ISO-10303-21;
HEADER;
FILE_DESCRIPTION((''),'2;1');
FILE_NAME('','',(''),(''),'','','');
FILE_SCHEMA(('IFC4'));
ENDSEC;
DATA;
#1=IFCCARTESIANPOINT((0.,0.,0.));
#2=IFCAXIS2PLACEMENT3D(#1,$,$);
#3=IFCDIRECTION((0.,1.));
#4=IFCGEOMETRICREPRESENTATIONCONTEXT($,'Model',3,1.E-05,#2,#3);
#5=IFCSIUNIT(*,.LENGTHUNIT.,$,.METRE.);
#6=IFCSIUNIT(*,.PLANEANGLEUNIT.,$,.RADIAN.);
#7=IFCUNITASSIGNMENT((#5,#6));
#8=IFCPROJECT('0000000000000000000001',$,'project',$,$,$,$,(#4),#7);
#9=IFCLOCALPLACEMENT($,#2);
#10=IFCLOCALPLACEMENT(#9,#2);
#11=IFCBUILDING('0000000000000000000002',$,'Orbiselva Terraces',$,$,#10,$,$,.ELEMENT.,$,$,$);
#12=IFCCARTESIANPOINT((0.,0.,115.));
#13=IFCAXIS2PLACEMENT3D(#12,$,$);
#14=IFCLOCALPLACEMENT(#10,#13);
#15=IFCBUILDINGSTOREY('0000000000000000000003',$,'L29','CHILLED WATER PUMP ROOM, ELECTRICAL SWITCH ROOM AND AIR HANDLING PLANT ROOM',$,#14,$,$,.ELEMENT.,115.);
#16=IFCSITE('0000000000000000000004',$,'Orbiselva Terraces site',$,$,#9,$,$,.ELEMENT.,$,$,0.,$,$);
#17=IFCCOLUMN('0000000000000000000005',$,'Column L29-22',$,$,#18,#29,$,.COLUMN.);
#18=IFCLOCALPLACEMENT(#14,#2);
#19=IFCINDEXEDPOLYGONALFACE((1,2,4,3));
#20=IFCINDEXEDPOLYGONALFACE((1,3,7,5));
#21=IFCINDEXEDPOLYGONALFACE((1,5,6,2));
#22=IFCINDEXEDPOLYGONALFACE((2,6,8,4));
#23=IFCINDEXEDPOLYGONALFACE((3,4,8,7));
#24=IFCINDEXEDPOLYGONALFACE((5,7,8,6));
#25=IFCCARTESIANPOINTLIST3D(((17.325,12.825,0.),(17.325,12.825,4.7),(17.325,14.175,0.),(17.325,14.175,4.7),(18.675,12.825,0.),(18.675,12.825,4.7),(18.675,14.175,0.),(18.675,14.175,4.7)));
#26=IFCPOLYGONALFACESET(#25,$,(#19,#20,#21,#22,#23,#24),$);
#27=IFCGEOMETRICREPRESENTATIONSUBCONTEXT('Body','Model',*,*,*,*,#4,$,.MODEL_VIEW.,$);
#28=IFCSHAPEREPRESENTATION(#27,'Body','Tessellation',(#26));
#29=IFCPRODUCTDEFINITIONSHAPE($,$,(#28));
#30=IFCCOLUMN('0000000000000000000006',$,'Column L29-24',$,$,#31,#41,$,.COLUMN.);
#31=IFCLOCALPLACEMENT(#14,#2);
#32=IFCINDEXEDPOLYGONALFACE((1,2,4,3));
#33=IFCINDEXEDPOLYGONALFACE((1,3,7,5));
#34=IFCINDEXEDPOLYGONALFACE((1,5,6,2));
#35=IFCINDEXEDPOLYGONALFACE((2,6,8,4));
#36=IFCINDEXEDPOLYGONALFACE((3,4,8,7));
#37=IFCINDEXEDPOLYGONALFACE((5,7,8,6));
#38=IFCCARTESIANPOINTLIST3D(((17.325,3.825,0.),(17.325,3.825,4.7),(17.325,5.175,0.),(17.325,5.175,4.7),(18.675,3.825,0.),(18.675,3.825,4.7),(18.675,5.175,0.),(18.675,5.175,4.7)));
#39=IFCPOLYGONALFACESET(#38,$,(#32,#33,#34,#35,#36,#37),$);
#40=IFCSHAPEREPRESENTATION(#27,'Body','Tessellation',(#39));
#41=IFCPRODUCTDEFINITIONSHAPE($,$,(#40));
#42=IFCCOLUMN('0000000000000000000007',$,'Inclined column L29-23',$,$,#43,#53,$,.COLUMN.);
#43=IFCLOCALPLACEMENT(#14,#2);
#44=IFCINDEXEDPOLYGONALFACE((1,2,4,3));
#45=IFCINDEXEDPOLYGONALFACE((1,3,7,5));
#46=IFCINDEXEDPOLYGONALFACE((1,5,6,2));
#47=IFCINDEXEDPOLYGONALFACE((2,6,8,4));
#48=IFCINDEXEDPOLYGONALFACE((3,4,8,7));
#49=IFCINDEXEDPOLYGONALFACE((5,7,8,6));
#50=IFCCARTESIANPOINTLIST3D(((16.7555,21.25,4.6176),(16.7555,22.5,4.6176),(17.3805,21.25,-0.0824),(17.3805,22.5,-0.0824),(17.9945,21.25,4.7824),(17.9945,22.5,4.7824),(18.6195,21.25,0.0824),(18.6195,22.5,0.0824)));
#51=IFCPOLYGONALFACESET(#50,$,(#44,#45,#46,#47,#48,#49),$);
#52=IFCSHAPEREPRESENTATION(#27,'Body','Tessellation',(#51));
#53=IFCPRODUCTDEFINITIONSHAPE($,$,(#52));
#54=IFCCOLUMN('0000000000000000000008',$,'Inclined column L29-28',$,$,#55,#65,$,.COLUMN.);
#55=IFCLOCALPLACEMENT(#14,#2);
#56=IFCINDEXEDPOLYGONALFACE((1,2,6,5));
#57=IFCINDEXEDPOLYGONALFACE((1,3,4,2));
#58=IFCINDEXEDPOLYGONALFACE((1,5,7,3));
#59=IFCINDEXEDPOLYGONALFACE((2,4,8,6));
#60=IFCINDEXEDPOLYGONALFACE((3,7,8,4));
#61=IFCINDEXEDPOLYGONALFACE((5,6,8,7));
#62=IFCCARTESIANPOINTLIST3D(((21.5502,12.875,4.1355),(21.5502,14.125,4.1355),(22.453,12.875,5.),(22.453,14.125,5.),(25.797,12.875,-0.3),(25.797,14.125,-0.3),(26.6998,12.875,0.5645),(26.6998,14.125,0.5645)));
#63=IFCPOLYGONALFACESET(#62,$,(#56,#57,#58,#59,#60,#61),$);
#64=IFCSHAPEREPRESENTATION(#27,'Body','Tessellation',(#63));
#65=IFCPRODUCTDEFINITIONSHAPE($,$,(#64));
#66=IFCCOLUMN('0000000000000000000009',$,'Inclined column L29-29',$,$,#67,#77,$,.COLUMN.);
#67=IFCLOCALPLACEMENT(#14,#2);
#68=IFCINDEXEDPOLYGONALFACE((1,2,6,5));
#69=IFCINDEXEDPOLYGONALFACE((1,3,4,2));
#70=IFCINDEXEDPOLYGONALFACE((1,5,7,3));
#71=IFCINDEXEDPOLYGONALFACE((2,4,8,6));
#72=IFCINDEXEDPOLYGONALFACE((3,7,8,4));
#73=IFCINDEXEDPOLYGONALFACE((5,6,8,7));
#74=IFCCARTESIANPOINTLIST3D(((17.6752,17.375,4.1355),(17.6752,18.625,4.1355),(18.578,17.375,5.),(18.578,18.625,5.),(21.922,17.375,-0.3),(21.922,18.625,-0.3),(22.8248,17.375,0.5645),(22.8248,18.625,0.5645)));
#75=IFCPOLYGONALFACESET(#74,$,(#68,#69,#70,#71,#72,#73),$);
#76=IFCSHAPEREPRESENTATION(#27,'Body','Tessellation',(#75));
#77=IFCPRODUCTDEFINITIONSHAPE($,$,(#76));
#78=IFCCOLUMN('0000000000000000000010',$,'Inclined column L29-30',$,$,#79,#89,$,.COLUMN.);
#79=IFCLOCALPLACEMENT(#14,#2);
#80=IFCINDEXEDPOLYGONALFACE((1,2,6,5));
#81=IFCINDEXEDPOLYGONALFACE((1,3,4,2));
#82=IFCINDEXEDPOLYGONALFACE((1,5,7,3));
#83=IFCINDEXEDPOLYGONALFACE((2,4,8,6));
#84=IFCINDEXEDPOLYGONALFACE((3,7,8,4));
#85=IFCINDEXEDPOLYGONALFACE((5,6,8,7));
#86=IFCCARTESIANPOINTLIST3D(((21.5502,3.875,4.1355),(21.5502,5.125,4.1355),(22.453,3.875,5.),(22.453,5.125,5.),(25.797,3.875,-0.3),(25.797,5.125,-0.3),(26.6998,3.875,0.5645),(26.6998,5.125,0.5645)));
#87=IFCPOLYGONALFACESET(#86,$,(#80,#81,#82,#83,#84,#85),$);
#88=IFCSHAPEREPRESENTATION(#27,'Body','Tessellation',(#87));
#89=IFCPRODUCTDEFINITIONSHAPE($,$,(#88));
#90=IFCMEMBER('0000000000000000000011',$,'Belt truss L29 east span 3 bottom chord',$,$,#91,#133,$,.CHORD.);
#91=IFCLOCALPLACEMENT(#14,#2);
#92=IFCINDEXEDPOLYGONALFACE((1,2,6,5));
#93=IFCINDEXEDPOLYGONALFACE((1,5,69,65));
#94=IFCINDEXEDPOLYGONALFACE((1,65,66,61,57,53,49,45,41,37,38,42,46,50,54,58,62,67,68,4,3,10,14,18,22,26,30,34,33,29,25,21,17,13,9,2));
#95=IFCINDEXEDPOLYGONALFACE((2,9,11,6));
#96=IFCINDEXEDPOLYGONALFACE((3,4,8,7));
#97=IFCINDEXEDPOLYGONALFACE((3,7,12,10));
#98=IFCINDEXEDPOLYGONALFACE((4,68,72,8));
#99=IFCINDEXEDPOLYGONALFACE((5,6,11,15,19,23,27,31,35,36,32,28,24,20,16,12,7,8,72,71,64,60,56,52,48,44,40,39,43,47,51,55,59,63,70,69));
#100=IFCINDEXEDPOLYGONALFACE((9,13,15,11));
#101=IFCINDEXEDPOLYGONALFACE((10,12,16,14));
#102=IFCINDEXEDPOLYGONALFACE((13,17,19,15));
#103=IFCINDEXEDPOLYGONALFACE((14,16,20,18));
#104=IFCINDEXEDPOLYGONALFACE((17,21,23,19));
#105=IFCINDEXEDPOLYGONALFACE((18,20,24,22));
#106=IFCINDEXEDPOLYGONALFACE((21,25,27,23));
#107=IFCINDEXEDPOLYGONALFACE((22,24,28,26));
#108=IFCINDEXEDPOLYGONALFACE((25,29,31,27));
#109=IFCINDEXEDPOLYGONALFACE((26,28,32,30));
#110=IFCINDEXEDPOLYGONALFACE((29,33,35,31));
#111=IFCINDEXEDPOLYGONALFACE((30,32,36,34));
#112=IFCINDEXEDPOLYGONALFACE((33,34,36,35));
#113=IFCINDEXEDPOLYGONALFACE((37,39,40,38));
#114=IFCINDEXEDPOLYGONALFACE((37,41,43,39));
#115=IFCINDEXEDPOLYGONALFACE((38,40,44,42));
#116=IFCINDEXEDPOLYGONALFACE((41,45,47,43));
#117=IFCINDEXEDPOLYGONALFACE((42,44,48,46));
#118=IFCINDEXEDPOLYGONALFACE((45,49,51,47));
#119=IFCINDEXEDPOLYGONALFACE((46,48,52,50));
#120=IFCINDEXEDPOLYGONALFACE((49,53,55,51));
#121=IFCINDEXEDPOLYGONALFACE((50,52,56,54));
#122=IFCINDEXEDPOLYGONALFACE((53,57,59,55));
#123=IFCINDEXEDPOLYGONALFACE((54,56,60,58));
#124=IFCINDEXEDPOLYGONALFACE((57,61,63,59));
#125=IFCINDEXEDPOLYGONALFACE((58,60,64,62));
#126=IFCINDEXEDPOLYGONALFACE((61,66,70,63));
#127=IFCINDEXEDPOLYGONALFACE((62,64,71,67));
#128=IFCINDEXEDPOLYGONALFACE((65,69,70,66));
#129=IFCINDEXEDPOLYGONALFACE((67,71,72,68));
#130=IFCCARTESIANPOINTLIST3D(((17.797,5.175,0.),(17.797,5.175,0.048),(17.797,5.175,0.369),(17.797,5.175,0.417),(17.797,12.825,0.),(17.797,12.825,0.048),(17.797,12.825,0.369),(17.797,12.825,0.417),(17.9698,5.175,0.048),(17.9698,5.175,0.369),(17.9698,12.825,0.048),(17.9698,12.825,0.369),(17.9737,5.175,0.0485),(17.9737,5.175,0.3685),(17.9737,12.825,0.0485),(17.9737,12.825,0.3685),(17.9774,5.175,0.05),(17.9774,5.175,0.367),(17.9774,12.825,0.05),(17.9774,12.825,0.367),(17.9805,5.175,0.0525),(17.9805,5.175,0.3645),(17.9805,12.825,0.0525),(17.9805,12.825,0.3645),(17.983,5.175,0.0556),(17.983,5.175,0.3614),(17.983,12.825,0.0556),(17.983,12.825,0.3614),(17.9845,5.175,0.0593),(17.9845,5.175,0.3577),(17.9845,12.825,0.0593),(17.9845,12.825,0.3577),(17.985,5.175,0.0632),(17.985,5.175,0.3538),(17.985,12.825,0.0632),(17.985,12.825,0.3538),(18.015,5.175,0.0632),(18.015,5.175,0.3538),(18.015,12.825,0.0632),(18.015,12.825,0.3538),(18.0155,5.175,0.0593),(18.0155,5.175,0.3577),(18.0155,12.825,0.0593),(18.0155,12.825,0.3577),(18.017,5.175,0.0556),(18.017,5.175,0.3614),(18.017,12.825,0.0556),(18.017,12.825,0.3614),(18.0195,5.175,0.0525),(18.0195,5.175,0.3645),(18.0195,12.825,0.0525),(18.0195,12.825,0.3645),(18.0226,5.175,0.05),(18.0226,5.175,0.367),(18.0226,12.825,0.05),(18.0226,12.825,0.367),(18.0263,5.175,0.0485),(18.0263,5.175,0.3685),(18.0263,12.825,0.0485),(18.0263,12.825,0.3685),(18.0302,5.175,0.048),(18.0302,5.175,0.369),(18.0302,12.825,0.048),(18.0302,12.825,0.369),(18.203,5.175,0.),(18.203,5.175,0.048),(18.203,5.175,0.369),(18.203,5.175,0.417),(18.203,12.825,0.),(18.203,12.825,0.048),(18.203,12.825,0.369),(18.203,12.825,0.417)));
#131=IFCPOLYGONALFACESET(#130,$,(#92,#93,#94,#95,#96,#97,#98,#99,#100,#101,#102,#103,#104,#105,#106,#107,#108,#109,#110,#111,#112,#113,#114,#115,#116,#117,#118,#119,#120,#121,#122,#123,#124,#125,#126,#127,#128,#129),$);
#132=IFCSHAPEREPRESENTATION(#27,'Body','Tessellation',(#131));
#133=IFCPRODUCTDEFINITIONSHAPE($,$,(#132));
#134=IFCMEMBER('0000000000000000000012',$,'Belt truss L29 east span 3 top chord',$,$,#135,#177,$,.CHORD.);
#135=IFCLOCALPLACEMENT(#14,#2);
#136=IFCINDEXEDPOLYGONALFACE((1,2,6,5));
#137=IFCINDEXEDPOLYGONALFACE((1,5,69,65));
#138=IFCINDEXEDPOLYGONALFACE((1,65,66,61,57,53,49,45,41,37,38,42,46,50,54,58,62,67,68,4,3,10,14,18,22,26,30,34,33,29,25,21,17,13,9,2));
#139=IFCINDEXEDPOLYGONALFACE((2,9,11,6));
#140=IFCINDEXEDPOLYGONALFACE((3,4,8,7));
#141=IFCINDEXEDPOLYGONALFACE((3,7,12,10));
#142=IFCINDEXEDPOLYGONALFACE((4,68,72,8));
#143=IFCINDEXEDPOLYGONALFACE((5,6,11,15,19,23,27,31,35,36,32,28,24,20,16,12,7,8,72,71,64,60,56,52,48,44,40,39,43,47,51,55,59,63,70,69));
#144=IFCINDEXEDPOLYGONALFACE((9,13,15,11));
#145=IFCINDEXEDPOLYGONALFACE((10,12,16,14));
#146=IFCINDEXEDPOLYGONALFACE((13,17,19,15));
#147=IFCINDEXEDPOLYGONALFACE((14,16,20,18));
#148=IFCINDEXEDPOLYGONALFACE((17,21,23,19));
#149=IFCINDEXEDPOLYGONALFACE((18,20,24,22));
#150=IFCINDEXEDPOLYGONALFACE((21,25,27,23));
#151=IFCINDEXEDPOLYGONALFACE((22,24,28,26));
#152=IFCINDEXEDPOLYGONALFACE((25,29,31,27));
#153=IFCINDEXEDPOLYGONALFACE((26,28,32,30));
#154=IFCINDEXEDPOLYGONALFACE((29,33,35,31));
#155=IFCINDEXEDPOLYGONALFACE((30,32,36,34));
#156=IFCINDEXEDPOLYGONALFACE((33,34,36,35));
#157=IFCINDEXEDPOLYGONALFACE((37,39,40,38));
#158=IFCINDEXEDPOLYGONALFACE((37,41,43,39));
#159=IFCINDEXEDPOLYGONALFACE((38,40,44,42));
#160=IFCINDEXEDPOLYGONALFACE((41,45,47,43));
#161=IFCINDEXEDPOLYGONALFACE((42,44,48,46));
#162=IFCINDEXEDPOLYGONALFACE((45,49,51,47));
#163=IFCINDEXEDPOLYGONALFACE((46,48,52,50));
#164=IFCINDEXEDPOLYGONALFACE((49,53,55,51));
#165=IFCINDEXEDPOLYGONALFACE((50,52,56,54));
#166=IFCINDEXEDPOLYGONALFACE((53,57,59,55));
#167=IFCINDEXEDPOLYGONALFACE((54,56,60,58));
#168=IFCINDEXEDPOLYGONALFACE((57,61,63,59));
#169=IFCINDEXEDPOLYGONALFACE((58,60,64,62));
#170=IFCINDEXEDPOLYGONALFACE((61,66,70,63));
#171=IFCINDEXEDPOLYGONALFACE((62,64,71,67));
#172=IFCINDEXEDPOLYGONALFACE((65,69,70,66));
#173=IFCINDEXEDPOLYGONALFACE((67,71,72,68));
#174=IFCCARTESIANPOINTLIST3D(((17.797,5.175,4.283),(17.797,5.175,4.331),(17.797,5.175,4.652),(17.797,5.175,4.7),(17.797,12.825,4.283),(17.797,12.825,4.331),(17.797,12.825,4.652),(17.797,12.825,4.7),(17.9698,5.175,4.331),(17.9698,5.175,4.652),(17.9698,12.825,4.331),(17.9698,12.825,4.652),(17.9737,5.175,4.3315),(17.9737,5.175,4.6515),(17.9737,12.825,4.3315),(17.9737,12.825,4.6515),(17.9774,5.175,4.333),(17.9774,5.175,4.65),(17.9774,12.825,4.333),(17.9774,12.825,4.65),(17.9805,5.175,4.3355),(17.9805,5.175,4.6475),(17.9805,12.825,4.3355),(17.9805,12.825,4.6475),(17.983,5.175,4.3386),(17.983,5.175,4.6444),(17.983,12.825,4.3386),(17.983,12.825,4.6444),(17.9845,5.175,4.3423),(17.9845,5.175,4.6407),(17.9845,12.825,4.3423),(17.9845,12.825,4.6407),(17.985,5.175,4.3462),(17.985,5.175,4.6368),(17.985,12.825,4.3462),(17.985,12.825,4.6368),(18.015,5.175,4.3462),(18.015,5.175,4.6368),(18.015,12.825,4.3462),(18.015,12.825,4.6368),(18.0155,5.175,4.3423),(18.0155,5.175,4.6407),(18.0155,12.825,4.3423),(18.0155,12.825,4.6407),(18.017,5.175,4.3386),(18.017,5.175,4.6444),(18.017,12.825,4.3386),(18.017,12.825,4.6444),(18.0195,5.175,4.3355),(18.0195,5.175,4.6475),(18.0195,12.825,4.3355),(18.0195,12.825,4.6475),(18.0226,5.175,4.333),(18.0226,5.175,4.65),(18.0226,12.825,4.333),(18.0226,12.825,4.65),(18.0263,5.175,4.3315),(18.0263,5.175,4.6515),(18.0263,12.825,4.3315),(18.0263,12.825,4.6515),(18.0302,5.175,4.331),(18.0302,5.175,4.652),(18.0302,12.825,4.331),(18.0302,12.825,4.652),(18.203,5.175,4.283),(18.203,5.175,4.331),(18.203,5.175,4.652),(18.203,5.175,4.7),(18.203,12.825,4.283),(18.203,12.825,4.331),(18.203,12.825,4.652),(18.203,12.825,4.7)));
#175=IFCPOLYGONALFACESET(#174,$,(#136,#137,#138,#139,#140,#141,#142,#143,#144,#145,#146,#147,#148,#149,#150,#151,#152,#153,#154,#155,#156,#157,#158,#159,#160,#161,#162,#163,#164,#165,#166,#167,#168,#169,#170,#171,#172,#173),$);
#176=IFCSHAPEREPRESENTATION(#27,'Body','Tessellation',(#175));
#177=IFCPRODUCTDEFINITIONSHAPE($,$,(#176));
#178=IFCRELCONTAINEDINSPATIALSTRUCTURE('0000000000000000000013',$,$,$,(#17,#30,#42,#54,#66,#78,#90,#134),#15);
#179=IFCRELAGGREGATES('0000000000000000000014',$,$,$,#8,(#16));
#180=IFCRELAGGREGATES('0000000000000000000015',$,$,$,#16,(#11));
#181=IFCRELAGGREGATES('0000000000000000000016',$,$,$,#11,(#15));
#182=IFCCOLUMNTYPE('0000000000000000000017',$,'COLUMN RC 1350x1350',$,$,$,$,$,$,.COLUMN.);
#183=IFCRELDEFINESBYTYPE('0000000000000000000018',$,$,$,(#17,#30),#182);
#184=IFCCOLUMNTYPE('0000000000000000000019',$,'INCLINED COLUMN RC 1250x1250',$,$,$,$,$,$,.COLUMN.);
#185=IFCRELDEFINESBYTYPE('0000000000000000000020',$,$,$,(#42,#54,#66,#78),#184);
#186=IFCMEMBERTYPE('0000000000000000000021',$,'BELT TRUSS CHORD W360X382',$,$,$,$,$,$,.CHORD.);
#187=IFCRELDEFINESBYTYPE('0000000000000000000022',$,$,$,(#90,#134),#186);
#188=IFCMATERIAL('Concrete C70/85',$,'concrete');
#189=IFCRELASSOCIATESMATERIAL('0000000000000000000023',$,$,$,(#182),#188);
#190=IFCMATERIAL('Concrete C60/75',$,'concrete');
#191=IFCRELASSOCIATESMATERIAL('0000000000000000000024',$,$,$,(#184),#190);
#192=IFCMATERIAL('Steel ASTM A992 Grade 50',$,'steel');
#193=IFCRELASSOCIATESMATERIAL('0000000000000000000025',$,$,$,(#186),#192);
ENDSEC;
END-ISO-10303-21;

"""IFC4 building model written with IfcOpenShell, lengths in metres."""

from ifc_helpers import new_model, si_unit, direction, frame, origin, origin_2d, place, context, subcontext, project, spatial, rectangle, i_section, extrude, material, material_profile, profile_set, type_object, element, save


model = new_model("IFC4")

# Units and contexts
model_context = context("Model", 3, precision=1e-05, world=origin(), true_north=direction((0.0, 1.0)))
body_context = subcontext(model_context, "Body", "Model", "MODEL_VIEW")
ifc_project = project(units=[si_unit("LENGTHUNIT", "METRE"), si_unit("PLANEANGLEUNIT", "RADIAN")], contexts=[model_context])

# Site, building, storey
site_placement = place(None, origin())
site = spatial("IfcSite", under=ifc_project, at=site_placement, Name="Orbiselva Terraces site", CompositionType="ELEMENT", RefElevation=0.0)
building_placement = place(site_placement, origin())
building = spatial("IfcBuilding", under=site, at=building_placement, Name="Orbiselva Terraces", CompositionType="ELEMENT")
storey_placement = place(building_placement, frame((0.0, 0.0, 115.0)))
storey = spatial("IfcBuildingStorey", under=building, at=storey_placement, Name="L29", Description="CHILLED WATER PUMP ROOM, ELECTRICAL SWITCH ROOM AND AIR HANDLING PLANT ROOM", CompositionType="ELEMENT", Elevation=115.0)

# Columns
ifc_material_1 = material(Name="Concrete C70/85", Category="concrete")
ifc_material_profile_1 = material_profile(ifc_material_1, rectangle(XDim=1.35, YDim=1.35, at=origin_2d()), Name="RC 1350x1350")
ifc_profile_set_1 = profile_set([ifc_material_profile_1], Name="Concrete C70/85")
column_type_1 = type_object("IfcColumnType", Name="COLUMN RC 1350x1350", PredefinedType="COLUMN", material=ifc_profile_set_1)
for number, where, z_axis, x_axis, name in (
    (1, (18.0, 13.5, 0.0), (0.0, 0.0, 1.0), (1.0, 0.0, 0.0), "Column L29-22"),
    (2, (18.0, 4.5, 0.0), (0.0, 0.0, 1.0), (1.0, 0.0, 0.0), "Column L29-24"),
):
    element("IfcColumn", number, at=place(storey_placement, frame(where, z_axis=z_axis, x_axis=x_axis)), inside=storey, type_object=column_type_1, Name=name, PredefinedType="COLUMN", context=body_context, shape_type="SweptSolid", body=[
        extrude(rectangle(XDim=1.35, YDim=1.35, at=origin_2d()), origin(), (0.0, 0.0, 1.0), 4.7),
    ])
ifc_material_2 = material(Name="Concrete C60/75", Category="concrete")
ifc_material_profile_2 = material_profile(ifc_material_2, rectangle(XDim=1.25, YDim=1.25, at=origin_2d()), Name="RC 1250x1250")
ifc_profile_set_2 = profile_set([ifc_material_profile_2], Name="Concrete C60/75")
column_type_2 = type_object("IfcColumnType", Name="INCLINED COLUMN RC 1250x1250", PredefinedType="COLUMN", material=ifc_profile_set_2)
column_placement = place(storey_placement, frame((18.0, 21.875, 0.0), z_axis=(-0.131818, 0.0, 0.991274), x_axis=(0.0, -1.0, 0.0)))
element("IfcColumn", 3, at=column_placement, inside=storey, type_object=column_type_2, Name="Inclined column L29-23", PredefinedType="COLUMN", context=body_context, shape_type="SweptSolid", body=[
    extrude(rectangle(XDim=1.25, YDim=1.25, at=origin_2d()), origin(), (0.0, 0.0, 1.0), 4.7414),
])
for number, where, z_axis, x_axis, name in (
    (4, (26.2484, 13.5, 0.1322), (-0.691572, 0.0, 0.722308), (0.0, -1.0, 0.0), "Inclined column L29-28"),
    (5, (22.3734, 18.0, 0.1322), (-0.691572, 0.0, 0.722308), (0.0, -1.0, 0.0), "Inclined column L29-29"),
    (6, (26.2484, 4.5, 0.1322), (-0.691572, 0.0, 0.722308), (0.0, -1.0, 0.0), "Inclined column L29-30"),
):
    element("IfcColumn", number, at=place(storey_placement, frame(where, z_axis=z_axis, x_axis=x_axis)), inside=storey, type_object=column_type_2, Name=name, PredefinedType="COLUMN", context=body_context, shape_type="SweptSolid", body=[
        extrude(rectangle(XDim=1.25, YDim=1.25, at=origin_2d()), origin(), (0.0, 0.0, 1.0), 6.1408),
    ])

# Members
ifc_material_3 = material(Name="Steel ASTM A992 Grade 50", Category="steel")
ifc_material_profile_3 = material_profile(ifc_material_3, i_section(OverallWidth=0.406, OverallDepth=0.417, WebThickness=0.03, FlangeThickness=0.048, FilletRadius=0.0152, at=origin_2d()), Name="W360X382")
ifc_profile_set_3 = profile_set([ifc_material_profile_3], Name="Steel ASTM A992 Grade 50")
member_type_1 = type_object("IfcMemberType", Name="BELT TRUSS CHORD W360X382", PredefinedType="CHORD", material=ifc_profile_set_3)
for number, where, z_axis, x_axis, name in (
    (7, (18.0, 5.175, 0.2085), (0.0, 1.0, 0.0), (-1.0, 0.0, 0.0), "Belt truss L29 east span 3 bottom chord"),
    (8, (18.0, 5.175, 4.4915), (0.0, 1.0, 0.0), (-1.0, 0.0, 0.0), "Belt truss L29 east span 3 top chord"),
):
    element("IfcMember", number, at=place(storey_placement, frame(where, z_axis=z_axis, x_axis=x_axis)), inside=storey, type_object=member_type_1, Name=name, PredefinedType="CHORD", context=body_context, shape_type="SweptSolid", body=[
        extrude(i_section(OverallWidth=0.406, OverallDepth=0.417, WebThickness=0.03, FlangeThickness=0.048, FilletRadius=0.0152, at=origin_2d()), origin(), (0.0, 0.0, 1.0), 7.65),
    ])

save(model, "model.ifc")
